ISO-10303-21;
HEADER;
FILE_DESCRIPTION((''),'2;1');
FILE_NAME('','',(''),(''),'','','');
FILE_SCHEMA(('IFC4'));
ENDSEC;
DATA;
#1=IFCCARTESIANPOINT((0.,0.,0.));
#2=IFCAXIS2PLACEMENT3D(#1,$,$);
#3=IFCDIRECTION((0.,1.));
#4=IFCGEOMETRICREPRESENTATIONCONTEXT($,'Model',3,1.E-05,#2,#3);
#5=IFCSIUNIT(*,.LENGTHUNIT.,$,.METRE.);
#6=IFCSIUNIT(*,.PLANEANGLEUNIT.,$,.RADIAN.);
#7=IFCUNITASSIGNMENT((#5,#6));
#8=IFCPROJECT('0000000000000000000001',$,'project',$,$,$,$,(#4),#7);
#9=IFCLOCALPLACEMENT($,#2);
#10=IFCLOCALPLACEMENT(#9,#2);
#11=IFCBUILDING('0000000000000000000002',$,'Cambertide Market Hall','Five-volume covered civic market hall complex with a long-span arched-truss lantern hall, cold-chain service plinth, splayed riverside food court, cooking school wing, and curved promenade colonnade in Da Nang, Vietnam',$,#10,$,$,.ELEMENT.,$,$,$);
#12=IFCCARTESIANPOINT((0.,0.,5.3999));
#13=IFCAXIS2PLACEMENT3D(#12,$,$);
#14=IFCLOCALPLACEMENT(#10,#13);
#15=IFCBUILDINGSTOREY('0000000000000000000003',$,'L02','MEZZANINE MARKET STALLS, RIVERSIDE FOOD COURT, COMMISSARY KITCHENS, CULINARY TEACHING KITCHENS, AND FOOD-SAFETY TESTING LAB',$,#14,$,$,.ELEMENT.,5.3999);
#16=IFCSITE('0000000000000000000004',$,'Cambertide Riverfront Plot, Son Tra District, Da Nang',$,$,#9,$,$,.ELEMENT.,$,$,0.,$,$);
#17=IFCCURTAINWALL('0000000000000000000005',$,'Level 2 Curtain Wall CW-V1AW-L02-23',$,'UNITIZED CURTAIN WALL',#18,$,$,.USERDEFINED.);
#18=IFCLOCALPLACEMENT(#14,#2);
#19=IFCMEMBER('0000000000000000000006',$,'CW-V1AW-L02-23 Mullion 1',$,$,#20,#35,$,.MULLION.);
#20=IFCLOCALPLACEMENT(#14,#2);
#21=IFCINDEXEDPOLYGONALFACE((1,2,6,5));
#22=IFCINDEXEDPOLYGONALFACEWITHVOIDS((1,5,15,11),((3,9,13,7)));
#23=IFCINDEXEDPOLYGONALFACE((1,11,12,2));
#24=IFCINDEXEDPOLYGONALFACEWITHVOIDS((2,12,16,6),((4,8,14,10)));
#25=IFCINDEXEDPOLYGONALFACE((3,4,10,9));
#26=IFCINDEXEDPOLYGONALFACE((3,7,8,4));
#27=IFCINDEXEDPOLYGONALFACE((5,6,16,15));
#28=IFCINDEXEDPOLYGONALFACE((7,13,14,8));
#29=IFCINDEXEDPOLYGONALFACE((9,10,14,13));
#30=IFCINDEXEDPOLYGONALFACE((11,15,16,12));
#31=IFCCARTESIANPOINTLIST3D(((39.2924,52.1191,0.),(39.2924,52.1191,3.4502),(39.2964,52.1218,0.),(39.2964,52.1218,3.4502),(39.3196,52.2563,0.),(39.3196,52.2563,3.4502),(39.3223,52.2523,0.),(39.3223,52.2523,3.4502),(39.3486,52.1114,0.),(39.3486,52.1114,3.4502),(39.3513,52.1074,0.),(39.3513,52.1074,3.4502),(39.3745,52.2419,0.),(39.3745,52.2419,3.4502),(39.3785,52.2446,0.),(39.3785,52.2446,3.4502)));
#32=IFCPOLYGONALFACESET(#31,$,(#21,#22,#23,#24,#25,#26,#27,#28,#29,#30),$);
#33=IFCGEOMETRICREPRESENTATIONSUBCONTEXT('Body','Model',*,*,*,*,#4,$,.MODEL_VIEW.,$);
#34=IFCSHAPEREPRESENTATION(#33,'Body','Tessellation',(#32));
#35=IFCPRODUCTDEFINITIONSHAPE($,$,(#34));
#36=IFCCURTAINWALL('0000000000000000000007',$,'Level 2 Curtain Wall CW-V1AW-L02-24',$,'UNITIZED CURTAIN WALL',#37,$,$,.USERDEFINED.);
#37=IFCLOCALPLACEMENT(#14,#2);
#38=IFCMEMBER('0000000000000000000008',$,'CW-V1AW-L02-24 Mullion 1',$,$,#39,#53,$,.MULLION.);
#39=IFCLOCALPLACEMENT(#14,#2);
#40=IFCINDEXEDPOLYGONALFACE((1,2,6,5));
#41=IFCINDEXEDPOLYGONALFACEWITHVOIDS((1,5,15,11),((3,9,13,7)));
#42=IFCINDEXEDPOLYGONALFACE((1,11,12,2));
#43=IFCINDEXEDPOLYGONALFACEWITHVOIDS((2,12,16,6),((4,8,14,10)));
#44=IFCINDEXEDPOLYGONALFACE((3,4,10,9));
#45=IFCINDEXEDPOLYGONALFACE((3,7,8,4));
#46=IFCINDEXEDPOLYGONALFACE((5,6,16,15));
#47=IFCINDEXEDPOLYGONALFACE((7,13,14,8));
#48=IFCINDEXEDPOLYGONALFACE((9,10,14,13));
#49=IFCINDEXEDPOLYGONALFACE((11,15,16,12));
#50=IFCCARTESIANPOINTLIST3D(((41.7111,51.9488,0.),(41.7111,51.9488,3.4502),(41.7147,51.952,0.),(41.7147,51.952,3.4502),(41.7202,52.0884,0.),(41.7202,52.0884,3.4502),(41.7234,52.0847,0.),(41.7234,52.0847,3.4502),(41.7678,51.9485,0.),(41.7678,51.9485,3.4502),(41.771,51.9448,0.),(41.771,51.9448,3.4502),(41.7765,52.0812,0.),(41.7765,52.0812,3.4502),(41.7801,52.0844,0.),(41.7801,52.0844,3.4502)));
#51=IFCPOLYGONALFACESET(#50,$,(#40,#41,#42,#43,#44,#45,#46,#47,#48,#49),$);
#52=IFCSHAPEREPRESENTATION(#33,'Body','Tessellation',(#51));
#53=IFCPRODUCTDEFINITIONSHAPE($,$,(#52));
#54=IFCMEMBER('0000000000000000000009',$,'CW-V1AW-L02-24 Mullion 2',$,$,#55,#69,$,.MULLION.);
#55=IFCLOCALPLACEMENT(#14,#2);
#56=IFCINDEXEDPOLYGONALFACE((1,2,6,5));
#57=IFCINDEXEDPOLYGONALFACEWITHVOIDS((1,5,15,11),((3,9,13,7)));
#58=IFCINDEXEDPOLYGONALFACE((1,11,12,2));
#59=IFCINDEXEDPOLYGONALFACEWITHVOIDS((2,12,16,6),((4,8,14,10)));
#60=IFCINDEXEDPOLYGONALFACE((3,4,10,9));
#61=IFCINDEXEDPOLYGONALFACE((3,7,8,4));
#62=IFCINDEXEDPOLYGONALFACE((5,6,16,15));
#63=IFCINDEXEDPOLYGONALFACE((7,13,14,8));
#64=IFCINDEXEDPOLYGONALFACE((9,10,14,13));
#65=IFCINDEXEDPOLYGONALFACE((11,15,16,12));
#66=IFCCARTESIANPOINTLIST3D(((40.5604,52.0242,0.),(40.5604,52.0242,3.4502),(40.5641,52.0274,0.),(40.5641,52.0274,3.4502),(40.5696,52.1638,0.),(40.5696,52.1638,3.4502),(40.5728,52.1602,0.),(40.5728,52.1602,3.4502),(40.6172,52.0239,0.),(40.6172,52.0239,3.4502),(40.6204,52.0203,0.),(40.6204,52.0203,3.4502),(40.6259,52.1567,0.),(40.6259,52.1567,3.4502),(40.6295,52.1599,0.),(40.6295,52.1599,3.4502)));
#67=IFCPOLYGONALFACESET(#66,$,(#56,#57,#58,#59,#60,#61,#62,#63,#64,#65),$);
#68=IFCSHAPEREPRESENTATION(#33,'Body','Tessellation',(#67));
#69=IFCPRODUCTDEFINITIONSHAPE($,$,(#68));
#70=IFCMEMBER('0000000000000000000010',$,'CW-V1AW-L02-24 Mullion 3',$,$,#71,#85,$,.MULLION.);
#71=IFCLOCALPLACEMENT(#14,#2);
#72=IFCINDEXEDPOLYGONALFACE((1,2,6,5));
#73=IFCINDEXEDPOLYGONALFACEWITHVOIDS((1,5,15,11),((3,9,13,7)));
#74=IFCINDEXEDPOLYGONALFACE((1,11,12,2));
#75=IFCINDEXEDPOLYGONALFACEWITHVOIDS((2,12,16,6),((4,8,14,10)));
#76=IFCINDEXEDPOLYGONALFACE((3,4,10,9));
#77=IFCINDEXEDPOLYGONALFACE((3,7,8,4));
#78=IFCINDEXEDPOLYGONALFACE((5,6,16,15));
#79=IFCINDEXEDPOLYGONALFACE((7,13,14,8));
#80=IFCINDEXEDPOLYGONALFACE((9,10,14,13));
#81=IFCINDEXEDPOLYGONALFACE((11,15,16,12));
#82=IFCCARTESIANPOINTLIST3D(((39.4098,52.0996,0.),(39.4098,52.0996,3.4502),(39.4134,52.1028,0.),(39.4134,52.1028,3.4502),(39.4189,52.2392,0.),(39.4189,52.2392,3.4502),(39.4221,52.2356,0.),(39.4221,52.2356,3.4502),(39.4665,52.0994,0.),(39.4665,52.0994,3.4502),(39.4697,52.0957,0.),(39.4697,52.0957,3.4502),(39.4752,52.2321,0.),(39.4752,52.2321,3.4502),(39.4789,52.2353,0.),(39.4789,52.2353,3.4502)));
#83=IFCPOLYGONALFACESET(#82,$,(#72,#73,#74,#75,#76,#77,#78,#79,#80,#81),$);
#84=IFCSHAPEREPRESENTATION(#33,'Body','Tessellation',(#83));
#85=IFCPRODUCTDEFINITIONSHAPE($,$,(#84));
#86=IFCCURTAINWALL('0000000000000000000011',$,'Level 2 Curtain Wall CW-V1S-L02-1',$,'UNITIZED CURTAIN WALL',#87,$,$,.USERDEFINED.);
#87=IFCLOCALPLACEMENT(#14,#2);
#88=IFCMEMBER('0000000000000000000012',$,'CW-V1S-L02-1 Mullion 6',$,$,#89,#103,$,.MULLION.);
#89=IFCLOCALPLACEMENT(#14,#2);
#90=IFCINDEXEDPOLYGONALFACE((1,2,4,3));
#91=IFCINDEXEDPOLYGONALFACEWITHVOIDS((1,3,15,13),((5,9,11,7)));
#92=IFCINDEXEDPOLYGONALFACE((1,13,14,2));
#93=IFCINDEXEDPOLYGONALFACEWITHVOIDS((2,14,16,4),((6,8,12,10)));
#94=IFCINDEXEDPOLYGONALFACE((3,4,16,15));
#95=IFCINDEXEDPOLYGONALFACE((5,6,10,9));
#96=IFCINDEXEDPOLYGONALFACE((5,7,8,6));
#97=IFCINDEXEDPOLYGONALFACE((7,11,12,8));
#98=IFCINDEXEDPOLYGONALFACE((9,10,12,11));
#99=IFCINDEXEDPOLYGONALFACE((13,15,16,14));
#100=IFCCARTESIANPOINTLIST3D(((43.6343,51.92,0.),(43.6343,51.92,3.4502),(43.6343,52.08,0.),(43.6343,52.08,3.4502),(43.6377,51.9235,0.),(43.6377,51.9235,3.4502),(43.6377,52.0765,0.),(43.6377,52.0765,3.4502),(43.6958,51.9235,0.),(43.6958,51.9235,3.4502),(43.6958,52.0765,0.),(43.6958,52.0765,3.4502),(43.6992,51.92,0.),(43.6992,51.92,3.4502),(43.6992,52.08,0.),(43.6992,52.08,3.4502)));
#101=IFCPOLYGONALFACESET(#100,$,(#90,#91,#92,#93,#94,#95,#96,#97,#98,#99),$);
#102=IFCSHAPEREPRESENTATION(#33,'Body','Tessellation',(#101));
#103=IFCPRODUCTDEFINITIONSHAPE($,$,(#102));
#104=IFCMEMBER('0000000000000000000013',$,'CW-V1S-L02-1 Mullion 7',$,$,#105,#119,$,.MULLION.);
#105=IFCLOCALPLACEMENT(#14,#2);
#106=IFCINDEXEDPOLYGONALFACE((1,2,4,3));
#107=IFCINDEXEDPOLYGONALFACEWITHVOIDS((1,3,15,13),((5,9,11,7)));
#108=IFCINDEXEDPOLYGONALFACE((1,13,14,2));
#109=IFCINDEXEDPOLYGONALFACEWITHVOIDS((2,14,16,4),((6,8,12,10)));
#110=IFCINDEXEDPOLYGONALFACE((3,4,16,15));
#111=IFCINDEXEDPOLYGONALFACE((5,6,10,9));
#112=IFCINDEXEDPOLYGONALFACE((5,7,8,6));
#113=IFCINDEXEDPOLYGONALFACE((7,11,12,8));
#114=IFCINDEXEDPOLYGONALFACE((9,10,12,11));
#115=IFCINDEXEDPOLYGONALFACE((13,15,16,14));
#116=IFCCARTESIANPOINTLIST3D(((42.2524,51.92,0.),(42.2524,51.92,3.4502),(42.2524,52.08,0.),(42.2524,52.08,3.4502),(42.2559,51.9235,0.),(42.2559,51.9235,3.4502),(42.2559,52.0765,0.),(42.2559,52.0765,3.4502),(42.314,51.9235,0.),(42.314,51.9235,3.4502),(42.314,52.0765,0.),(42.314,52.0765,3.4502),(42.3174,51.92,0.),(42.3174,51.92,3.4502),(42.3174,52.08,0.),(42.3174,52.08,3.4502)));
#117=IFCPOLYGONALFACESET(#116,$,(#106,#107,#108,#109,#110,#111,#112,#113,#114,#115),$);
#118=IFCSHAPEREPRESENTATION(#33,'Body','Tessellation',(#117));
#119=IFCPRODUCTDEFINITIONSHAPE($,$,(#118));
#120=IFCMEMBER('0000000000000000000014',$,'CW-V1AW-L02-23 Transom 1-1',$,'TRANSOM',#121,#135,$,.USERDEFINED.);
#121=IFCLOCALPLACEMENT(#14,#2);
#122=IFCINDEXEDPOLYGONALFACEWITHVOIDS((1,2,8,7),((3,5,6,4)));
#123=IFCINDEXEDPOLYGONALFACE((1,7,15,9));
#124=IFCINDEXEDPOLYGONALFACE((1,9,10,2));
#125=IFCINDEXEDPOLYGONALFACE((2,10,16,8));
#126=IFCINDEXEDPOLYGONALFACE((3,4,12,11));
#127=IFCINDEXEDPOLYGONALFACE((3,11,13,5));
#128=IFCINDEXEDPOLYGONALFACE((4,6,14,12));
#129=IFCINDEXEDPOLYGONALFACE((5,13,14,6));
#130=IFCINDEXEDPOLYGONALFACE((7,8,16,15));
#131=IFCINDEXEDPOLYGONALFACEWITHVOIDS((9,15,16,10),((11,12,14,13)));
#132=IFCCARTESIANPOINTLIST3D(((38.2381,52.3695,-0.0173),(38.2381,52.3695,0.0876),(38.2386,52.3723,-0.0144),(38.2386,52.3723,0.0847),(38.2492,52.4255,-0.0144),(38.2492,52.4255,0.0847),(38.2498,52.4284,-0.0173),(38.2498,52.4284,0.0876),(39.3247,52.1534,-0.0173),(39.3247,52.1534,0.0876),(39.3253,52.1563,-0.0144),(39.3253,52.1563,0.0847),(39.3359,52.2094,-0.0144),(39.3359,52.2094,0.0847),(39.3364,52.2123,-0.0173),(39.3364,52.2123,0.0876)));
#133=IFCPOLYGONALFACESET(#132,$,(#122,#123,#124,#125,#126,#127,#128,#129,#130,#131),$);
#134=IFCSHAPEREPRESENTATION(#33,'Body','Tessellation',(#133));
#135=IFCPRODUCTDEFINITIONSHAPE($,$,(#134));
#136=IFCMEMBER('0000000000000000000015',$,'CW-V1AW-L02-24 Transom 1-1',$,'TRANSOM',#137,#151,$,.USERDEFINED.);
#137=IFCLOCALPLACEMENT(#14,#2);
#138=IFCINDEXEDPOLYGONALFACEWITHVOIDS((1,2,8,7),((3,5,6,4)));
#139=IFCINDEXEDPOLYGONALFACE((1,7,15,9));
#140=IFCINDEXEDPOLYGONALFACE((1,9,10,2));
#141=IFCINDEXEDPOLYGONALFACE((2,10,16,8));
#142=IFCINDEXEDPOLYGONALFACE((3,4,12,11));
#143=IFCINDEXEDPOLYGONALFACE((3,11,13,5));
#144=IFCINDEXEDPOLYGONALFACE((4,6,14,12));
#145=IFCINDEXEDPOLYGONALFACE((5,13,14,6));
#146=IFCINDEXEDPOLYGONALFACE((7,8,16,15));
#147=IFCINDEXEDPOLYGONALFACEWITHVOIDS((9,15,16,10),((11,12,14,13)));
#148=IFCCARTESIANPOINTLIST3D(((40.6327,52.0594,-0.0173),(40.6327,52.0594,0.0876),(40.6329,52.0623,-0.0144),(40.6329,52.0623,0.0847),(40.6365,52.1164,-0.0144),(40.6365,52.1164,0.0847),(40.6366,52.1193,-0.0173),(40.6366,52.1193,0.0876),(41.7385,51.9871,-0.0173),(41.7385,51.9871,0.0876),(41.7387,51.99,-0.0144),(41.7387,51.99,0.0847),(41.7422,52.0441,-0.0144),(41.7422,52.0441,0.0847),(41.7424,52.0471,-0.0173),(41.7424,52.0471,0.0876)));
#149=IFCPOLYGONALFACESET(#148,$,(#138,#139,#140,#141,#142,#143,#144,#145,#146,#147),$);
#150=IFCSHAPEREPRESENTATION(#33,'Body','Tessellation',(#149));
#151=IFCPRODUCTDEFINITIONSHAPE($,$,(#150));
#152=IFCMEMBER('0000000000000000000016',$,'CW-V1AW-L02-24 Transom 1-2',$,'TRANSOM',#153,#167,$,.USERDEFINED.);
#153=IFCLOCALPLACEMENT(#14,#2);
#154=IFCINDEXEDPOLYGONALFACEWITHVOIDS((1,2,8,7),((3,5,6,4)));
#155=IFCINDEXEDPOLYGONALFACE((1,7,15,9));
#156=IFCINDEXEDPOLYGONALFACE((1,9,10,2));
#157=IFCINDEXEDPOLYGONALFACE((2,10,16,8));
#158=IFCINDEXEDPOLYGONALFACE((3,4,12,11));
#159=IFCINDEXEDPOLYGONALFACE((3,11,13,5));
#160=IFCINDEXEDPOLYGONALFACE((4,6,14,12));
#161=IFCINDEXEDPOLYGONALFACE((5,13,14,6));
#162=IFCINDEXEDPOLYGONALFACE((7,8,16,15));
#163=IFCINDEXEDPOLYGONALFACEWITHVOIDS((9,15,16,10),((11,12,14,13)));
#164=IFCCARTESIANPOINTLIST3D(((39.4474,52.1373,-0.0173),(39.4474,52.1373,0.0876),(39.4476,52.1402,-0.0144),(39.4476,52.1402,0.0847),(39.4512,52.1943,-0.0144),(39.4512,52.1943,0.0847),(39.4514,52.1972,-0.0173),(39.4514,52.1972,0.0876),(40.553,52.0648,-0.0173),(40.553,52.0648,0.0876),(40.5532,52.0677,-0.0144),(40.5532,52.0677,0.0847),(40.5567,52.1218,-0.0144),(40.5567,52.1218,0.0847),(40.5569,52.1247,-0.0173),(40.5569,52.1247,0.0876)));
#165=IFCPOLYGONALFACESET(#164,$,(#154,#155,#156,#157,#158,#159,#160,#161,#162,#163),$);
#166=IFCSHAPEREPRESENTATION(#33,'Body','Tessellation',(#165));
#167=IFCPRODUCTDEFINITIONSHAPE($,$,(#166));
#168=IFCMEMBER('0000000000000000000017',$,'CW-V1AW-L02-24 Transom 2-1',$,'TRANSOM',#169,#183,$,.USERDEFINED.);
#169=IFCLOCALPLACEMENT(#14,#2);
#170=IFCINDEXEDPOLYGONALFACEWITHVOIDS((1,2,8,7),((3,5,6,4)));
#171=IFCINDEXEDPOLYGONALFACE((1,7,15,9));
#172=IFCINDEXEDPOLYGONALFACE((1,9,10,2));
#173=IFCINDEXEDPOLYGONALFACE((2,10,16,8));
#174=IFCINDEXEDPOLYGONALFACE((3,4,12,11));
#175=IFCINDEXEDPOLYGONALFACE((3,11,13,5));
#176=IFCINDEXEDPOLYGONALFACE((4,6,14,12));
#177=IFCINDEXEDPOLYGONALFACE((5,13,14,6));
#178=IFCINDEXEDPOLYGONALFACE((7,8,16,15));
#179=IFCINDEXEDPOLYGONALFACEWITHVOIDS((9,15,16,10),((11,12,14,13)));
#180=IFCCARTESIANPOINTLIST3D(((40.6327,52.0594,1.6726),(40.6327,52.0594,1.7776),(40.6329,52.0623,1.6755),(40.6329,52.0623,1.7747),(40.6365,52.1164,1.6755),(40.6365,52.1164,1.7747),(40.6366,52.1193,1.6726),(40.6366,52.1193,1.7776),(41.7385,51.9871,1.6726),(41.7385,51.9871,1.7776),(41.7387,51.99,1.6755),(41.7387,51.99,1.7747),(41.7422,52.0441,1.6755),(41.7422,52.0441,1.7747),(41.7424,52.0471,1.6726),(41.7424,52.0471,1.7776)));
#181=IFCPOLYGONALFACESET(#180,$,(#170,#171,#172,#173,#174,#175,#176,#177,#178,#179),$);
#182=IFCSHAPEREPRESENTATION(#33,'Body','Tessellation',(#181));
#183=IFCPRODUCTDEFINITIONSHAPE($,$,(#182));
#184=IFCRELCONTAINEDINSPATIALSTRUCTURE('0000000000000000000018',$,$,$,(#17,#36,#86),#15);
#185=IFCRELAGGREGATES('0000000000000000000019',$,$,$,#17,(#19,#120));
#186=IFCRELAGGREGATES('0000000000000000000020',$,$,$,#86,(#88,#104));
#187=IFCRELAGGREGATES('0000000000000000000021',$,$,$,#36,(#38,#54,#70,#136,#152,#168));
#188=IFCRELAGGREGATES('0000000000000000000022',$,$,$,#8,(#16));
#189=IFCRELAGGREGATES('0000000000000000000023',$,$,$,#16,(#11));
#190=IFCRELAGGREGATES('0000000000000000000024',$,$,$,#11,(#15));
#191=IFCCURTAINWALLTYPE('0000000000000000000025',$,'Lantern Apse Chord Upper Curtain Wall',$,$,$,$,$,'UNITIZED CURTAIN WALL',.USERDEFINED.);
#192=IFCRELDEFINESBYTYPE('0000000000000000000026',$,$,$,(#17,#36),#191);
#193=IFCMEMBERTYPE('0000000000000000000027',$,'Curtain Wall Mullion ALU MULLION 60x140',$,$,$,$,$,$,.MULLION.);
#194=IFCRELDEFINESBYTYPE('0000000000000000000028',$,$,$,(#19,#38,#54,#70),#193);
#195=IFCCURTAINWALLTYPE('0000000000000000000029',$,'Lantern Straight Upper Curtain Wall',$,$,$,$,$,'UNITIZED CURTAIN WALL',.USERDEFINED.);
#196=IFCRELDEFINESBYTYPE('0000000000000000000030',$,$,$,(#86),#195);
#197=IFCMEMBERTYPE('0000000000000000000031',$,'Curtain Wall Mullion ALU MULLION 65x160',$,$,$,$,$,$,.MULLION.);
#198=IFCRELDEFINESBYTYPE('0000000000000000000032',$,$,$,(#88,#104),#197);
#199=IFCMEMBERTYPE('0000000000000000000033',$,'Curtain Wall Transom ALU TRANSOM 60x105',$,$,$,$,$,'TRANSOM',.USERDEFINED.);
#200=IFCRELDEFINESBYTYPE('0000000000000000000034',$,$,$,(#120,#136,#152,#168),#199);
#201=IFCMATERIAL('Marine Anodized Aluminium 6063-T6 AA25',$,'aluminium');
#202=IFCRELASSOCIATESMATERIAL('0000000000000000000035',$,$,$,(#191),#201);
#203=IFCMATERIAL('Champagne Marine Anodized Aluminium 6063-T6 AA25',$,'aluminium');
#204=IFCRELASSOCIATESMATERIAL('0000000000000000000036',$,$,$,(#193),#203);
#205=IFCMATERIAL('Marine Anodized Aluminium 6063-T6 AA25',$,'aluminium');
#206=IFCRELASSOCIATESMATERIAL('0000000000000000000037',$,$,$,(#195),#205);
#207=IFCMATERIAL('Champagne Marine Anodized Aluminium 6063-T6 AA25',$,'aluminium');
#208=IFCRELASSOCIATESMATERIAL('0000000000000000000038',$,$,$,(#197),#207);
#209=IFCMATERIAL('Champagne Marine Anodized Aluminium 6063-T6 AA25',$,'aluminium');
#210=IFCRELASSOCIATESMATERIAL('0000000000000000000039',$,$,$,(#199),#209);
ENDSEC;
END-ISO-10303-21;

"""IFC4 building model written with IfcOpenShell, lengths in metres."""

from ifc_helpers import new_model, si_unit, direction, frame, origin, origin_2d, place, context, subcontext, project, spatial, hollow_rectangle, extrude, material, material_profile, profile_set, type_object, element, aggregate, save


model = new_model("IFC4")

# Units and contexts
model_context = context("Model", 3, precision=1e-05, world=origin(), true_north=direction((0.0, 1.0)))
body_context = subcontext(model_context, "Body", "Model", "MODEL_VIEW")
ifc_project = project(units=[si_unit("LENGTHUNIT", "METRE"), si_unit("PLANEANGLEUNIT", "RADIAN")], contexts=[model_context])

# Site, building, storey
site_placement = place(None, origin())
site = spatial("IfcSite", under=ifc_project, at=site_placement, Name="Cambertide Riverfront Plot, Son Tra District, Da Nang", CompositionType="ELEMENT", RefElevation=0.0)
building_placement = place(site_placement, origin())
building = spatial("IfcBuilding", under=site, at=building_placement, Name="Cambertide Market Hall", Description="Five-volume covered civic market hall complex with a long-span arched-truss lantern hall, cold-chain service plinth, splayed riverside food court, cooking school wing, and curved promenade colonnade in Da Nang, Vietnam", CompositionType="ELEMENT")
storey_placement = place(building_placement, frame((0.0, 0.0, 5.3999)))
storey = spatial("IfcBuildingStorey", under=building, at=storey_placement, Name="L02", Description="MEZZANINE MARKET STALLS, RIVERSIDE FOOD COURT, COMMISSARY KITCHENS, CULINARY TEACHING KITCHENS, AND FOOD-SAFETY TESTING LAB", CompositionType="ELEMENT", Elevation=5.3999)

# Curtain wall, member
ifc_material_1 = material(Name="Marine Anodized Aluminium 6063-T6 AA25", Category="aluminium")
curtain_wall_type_1 = type_object("IfcCurtainWallType", Name="Lantern Apse Chord Upper Curtain Wall", ElementType="UNITIZED CURTAIN WALL", PredefinedType="USERDEFINED", material=ifc_material_1)
curtain_wall_1_placement = place(storey_placement, origin())
curtain_wall_1 = element("IfcCurtainWall", 1, at=curtain_wall_1_placement, inside=storey, type_object=curtain_wall_type_1, Name="Level 2 Curtain Wall CW-V1AW-L02-23", ObjectType="UNITIZED CURTAIN WALL", PredefinedType="USERDEFINED")
ifc_material_2 = material(Name="Champagne Marine Anodized Aluminium 6063-T6 AA25", Category="aluminium")
ifc_material_profile_1 = material_profile(ifc_material_2, hollow_rectangle(XDim=0.0601, YDim=0.1399, WallThickness=0.0034, at=origin_2d()), Name="ALU MULLION 60x140")
ifc_profile_set_1 = profile_set([ifc_material_profile_1], Name="Champagne Marine Anodized Aluminium 6063-T6 AA25")
member_type_1 = type_object("IfcMemberType", Name="Curtain Wall Mullion ALU MULLION 60x140", PredefinedType="MULLION", material=ifc_profile_set_1)
member_1_placement = place(storey_placement, frame((39.3354, 52.1819, 0.0), z_axis=(0.0, 0.0, 1.0), x_axis=(-0.980785, 0.19509, 0.0)))
member_1 = element("IfcMember", 2, at=member_1_placement, type_object=member_type_1, Name="CW-V1AW-L02-23 Mullion 1", PredefinedType="MULLION", context=body_context, shape_type="SweptSolid", body=[
    extrude(hollow_rectangle(XDim=0.0601, YDim=0.1399, WallThickness=0.0034, at=origin_2d()), origin(), (0.0, 0.0, 1.0), 3.4502),
])

# Curtain walls, members
curtain_wall_2_placement = place(storey_placement, origin())
curtain_wall_2 = element("IfcCurtainWall", 3, at=curtain_wall_2_placement, inside=storey, type_object=curtain_wall_type_1, Name="Level 2 Curtain Wall CW-V1AW-L02-24", ObjectType="UNITIZED CURTAIN WALL", PredefinedType="USERDEFINED")
member_2_placement = place(storey_placement, frame((41.7456, 52.0166, 0.0), z_axis=(0.0, 0.0, 1.0), x_axis=(-0.997859, 0.065403, 0.0)))
member_2 = element("IfcMember", 4, at=member_2_placement, type_object=member_type_1, Name="CW-V1AW-L02-24 Mullion 1", PredefinedType="MULLION", context=body_context, shape_type="SweptSolid", body=[
    extrude(hollow_rectangle(XDim=0.0601, YDim=0.1399, WallThickness=0.0034, at=origin_2d()), origin(), (0.0, 0.0, 1.0), 3.4502),
])
member_3_placement = place(storey_placement, frame((40.595, 52.092, 0.0), z_axis=(0.0, 0.0, 1.0), x_axis=(-0.997859, 0.065403, 0.0)))
member_3 = element("IfcMember", 5, at=member_3_placement, type_object=member_type_1, Name="CW-V1AW-L02-24 Mullion 2", PredefinedType="MULLION", context=body_context, shape_type="SweptSolid", body=[
    extrude(hollow_rectangle(XDim=0.0601, YDim=0.1399, WallThickness=0.0034, at=origin_2d()), origin(), (0.0, 0.0, 1.0), 3.4502),
])
member_4_placement = place(storey_placement, frame((39.4443, 52.1675, 0.0), z_axis=(0.0, 0.0, 1.0), x_axis=(-0.997859, 0.065403, 0.0)))
member_4 = element("IfcMember", 6, at=member_4_placement, type_object=member_type_1, Name="CW-V1AW-L02-24 Mullion 3", PredefinedType="MULLION", context=body_context, shape_type="SweptSolid", body=[
    extrude(hollow_rectangle(XDim=0.0601, YDim=0.1399, WallThickness=0.0034, at=origin_2d()), origin(), (0.0, 0.0, 1.0), 3.4502),
])
ifc_material_3 = material(Name="Marine Anodized Aluminium 6063-T6 AA25", Category="aluminium")
curtain_wall_type_2 = type_object("IfcCurtainWallType", Name="Lantern Straight Upper Curtain Wall", ElementType="UNITIZED CURTAIN WALL", PredefinedType="USERDEFINED", material=ifc_material_3)
curtain_wall_3_placement = place(storey_placement, origin())
curtain_wall_3 = element("IfcCurtainWall", 7, at=curtain_wall_3_placement, inside=storey, type_object=curtain_wall_type_2, Name="Level 2 Curtain Wall CW-V1S-L02-1", ObjectType="UNITIZED CURTAIN WALL", PredefinedType="USERDEFINED")
ifc_material_4 = material(Name="Champagne Marine Anodized Aluminium 6063-T6 AA25", Category="aluminium")
ifc_material_profile_2 = material_profile(ifc_material_4, hollow_rectangle(XDim=0.0649, YDim=0.1599, WallThickness=0.0034, at=origin_2d()), Name="ALU MULLION 65x160")
ifc_profile_set_2 = profile_set([ifc_material_profile_2], Name="Champagne Marine Anodized Aluminium 6063-T6 AA25")
member_type_2 = type_object("IfcMemberType", Name="Curtain Wall Mullion ALU MULLION 65x160", PredefinedType="MULLION", material=ifc_profile_set_2)
member_5_placement = place(storey_placement, frame((43.6667, 52.0, 0.0), z_axis=(0.0, 0.0, 1.0), x_axis=(-1.0, 0.0, 0.0)))
member_5 = element("IfcMember", 8, at=member_5_placement, type_object=member_type_2, Name="CW-V1S-L02-1 Mullion 6", PredefinedType="MULLION", context=body_context, shape_type="SweptSolid", body=[
    extrude(hollow_rectangle(XDim=0.0649, YDim=0.1599, WallThickness=0.0034, at=origin_2d()), origin(), (0.0, 0.0, 1.0), 3.4502),
])
member_6_placement = place(storey_placement, frame((42.2849, 52.0, 0.0), z_axis=(0.0, 0.0, 1.0), x_axis=(-1.0, 0.0, 0.0)))
member_6 = element("IfcMember", 9, at=member_6_placement, type_object=member_type_2, Name="CW-V1S-L02-1 Mullion 7", PredefinedType="MULLION", context=body_context, shape_type="SweptSolid", body=[
    extrude(hollow_rectangle(XDim=0.0649, YDim=0.1599, WallThickness=0.0034, at=origin_2d()), origin(), (0.0, 0.0, 1.0), 3.4502),
])

# Members
ifc_material_5 = material(Name="Champagne Marine Anodized Aluminium 6063-T6 AA25", Category="aluminium")
ifc_material_profile_3 = material_profile(ifc_material_5, hollow_rectangle(XDim=0.0601, YDim=0.105, WallThickness=0.0029, at=origin_2d()), Name="ALU TRANSOM 60x105")
ifc_profile_set_3 = profile_set([ifc_material_profile_3], Name="Champagne Marine Anodized Aluminium 6063-T6 AA25")
member_type_3 = type_object("IfcMemberType", Name="Curtain Wall Transom ALU TRANSOM 60x105", ElementType="TRANSOM", PredefinedType="USERDEFINED", material=ifc_profile_set_3)
member_7_placement = place(storey_placement, frame((39.3306, 52.1829, 0.0352), z_axis=(-0.9808, 0.195014, 0.0), x_axis=(-0.195014, -0.9808, 0.0)))
member_7 = element("IfcMember", 10, at=member_7_placement, type_object=member_type_3, Name="CW-V1AW-L02-23 Transom 1-1", ObjectType="TRANSOM", PredefinedType="USERDEFINED", context=body_context, shape_type="SweptSolid", body=[
    extrude(hollow_rectangle(XDim=0.0601, YDim=0.105, WallThickness=0.0029, at=origin_2d()), origin(), (0.0, 0.0, 1.0), 1.1079),
])
aggregate(curtain_wall_1, [member_1, member_7])
member_8_placement = place(storey_placement, frame((41.7405, 52.0171, 0.0352), z_axis=(-0.997871, 0.065217, 0.0), x_axis=(-0.065217, -0.997871, 0.0)))
member_8 = element("IfcMember", 11, at=member_8_placement, type_object=member_type_3, Name="CW-V1AW-L02-24 Transom 1-1", ObjectType="TRANSOM", PredefinedType="USERDEFINED", context=body_context, shape_type="SweptSolid", body=[
    extrude(hollow_rectangle(XDim=0.0601, YDim=0.105, WallThickness=0.0029, at=origin_2d()), origin(), (0.0, 0.0, 1.0), 1.1082),
])
member_9_placement = place(storey_placement, frame((40.5549, 52.0947, 0.0352), z_axis=(-0.997856, 0.065451, 0.0), x_axis=(-0.065451, -0.997856, 0.0)))
member_9 = element("IfcMember", 12, at=member_9_placement, type_object=member_type_3, Name="CW-V1AW-L02-24 Transom 1-2", ObjectType="TRANSOM", PredefinedType="USERDEFINED", context=body_context, shape_type="SweptSolid", body=[
    extrude(hollow_rectangle(XDim=0.0601, YDim=0.105, WallThickness=0.0029, at=origin_2d()), origin(), (0.0, 0.0, 1.0), 1.1079),
])
member_10_placement = place(storey_placement, frame((41.7405, 52.0171, 1.7251), z_axis=(-0.997871, 0.065217, 0.0), x_axis=(-0.065217, -0.997871, 0.0)))
member_10 = element("IfcMember", 13, at=member_10_placement, type_object=member_type_3, Name="CW-V1AW-L02-24 Transom 2-1", ObjectType="TRANSOM", PredefinedType="USERDEFINED", context=body_context, shape_type="SweptSolid", body=[
    extrude(hollow_rectangle(XDim=0.0601, YDim=0.105, WallThickness=0.0029, at=origin_2d()), origin(), (0.0, 0.0, 1.0), 1.1082),
])

aggregate(curtain_wall_3, [member_5, member_6])
aggregate(curtain_wall_2, [member_2, member_3, member_4, member_8, member_9, member_10])

save(model, "model.ifc")
